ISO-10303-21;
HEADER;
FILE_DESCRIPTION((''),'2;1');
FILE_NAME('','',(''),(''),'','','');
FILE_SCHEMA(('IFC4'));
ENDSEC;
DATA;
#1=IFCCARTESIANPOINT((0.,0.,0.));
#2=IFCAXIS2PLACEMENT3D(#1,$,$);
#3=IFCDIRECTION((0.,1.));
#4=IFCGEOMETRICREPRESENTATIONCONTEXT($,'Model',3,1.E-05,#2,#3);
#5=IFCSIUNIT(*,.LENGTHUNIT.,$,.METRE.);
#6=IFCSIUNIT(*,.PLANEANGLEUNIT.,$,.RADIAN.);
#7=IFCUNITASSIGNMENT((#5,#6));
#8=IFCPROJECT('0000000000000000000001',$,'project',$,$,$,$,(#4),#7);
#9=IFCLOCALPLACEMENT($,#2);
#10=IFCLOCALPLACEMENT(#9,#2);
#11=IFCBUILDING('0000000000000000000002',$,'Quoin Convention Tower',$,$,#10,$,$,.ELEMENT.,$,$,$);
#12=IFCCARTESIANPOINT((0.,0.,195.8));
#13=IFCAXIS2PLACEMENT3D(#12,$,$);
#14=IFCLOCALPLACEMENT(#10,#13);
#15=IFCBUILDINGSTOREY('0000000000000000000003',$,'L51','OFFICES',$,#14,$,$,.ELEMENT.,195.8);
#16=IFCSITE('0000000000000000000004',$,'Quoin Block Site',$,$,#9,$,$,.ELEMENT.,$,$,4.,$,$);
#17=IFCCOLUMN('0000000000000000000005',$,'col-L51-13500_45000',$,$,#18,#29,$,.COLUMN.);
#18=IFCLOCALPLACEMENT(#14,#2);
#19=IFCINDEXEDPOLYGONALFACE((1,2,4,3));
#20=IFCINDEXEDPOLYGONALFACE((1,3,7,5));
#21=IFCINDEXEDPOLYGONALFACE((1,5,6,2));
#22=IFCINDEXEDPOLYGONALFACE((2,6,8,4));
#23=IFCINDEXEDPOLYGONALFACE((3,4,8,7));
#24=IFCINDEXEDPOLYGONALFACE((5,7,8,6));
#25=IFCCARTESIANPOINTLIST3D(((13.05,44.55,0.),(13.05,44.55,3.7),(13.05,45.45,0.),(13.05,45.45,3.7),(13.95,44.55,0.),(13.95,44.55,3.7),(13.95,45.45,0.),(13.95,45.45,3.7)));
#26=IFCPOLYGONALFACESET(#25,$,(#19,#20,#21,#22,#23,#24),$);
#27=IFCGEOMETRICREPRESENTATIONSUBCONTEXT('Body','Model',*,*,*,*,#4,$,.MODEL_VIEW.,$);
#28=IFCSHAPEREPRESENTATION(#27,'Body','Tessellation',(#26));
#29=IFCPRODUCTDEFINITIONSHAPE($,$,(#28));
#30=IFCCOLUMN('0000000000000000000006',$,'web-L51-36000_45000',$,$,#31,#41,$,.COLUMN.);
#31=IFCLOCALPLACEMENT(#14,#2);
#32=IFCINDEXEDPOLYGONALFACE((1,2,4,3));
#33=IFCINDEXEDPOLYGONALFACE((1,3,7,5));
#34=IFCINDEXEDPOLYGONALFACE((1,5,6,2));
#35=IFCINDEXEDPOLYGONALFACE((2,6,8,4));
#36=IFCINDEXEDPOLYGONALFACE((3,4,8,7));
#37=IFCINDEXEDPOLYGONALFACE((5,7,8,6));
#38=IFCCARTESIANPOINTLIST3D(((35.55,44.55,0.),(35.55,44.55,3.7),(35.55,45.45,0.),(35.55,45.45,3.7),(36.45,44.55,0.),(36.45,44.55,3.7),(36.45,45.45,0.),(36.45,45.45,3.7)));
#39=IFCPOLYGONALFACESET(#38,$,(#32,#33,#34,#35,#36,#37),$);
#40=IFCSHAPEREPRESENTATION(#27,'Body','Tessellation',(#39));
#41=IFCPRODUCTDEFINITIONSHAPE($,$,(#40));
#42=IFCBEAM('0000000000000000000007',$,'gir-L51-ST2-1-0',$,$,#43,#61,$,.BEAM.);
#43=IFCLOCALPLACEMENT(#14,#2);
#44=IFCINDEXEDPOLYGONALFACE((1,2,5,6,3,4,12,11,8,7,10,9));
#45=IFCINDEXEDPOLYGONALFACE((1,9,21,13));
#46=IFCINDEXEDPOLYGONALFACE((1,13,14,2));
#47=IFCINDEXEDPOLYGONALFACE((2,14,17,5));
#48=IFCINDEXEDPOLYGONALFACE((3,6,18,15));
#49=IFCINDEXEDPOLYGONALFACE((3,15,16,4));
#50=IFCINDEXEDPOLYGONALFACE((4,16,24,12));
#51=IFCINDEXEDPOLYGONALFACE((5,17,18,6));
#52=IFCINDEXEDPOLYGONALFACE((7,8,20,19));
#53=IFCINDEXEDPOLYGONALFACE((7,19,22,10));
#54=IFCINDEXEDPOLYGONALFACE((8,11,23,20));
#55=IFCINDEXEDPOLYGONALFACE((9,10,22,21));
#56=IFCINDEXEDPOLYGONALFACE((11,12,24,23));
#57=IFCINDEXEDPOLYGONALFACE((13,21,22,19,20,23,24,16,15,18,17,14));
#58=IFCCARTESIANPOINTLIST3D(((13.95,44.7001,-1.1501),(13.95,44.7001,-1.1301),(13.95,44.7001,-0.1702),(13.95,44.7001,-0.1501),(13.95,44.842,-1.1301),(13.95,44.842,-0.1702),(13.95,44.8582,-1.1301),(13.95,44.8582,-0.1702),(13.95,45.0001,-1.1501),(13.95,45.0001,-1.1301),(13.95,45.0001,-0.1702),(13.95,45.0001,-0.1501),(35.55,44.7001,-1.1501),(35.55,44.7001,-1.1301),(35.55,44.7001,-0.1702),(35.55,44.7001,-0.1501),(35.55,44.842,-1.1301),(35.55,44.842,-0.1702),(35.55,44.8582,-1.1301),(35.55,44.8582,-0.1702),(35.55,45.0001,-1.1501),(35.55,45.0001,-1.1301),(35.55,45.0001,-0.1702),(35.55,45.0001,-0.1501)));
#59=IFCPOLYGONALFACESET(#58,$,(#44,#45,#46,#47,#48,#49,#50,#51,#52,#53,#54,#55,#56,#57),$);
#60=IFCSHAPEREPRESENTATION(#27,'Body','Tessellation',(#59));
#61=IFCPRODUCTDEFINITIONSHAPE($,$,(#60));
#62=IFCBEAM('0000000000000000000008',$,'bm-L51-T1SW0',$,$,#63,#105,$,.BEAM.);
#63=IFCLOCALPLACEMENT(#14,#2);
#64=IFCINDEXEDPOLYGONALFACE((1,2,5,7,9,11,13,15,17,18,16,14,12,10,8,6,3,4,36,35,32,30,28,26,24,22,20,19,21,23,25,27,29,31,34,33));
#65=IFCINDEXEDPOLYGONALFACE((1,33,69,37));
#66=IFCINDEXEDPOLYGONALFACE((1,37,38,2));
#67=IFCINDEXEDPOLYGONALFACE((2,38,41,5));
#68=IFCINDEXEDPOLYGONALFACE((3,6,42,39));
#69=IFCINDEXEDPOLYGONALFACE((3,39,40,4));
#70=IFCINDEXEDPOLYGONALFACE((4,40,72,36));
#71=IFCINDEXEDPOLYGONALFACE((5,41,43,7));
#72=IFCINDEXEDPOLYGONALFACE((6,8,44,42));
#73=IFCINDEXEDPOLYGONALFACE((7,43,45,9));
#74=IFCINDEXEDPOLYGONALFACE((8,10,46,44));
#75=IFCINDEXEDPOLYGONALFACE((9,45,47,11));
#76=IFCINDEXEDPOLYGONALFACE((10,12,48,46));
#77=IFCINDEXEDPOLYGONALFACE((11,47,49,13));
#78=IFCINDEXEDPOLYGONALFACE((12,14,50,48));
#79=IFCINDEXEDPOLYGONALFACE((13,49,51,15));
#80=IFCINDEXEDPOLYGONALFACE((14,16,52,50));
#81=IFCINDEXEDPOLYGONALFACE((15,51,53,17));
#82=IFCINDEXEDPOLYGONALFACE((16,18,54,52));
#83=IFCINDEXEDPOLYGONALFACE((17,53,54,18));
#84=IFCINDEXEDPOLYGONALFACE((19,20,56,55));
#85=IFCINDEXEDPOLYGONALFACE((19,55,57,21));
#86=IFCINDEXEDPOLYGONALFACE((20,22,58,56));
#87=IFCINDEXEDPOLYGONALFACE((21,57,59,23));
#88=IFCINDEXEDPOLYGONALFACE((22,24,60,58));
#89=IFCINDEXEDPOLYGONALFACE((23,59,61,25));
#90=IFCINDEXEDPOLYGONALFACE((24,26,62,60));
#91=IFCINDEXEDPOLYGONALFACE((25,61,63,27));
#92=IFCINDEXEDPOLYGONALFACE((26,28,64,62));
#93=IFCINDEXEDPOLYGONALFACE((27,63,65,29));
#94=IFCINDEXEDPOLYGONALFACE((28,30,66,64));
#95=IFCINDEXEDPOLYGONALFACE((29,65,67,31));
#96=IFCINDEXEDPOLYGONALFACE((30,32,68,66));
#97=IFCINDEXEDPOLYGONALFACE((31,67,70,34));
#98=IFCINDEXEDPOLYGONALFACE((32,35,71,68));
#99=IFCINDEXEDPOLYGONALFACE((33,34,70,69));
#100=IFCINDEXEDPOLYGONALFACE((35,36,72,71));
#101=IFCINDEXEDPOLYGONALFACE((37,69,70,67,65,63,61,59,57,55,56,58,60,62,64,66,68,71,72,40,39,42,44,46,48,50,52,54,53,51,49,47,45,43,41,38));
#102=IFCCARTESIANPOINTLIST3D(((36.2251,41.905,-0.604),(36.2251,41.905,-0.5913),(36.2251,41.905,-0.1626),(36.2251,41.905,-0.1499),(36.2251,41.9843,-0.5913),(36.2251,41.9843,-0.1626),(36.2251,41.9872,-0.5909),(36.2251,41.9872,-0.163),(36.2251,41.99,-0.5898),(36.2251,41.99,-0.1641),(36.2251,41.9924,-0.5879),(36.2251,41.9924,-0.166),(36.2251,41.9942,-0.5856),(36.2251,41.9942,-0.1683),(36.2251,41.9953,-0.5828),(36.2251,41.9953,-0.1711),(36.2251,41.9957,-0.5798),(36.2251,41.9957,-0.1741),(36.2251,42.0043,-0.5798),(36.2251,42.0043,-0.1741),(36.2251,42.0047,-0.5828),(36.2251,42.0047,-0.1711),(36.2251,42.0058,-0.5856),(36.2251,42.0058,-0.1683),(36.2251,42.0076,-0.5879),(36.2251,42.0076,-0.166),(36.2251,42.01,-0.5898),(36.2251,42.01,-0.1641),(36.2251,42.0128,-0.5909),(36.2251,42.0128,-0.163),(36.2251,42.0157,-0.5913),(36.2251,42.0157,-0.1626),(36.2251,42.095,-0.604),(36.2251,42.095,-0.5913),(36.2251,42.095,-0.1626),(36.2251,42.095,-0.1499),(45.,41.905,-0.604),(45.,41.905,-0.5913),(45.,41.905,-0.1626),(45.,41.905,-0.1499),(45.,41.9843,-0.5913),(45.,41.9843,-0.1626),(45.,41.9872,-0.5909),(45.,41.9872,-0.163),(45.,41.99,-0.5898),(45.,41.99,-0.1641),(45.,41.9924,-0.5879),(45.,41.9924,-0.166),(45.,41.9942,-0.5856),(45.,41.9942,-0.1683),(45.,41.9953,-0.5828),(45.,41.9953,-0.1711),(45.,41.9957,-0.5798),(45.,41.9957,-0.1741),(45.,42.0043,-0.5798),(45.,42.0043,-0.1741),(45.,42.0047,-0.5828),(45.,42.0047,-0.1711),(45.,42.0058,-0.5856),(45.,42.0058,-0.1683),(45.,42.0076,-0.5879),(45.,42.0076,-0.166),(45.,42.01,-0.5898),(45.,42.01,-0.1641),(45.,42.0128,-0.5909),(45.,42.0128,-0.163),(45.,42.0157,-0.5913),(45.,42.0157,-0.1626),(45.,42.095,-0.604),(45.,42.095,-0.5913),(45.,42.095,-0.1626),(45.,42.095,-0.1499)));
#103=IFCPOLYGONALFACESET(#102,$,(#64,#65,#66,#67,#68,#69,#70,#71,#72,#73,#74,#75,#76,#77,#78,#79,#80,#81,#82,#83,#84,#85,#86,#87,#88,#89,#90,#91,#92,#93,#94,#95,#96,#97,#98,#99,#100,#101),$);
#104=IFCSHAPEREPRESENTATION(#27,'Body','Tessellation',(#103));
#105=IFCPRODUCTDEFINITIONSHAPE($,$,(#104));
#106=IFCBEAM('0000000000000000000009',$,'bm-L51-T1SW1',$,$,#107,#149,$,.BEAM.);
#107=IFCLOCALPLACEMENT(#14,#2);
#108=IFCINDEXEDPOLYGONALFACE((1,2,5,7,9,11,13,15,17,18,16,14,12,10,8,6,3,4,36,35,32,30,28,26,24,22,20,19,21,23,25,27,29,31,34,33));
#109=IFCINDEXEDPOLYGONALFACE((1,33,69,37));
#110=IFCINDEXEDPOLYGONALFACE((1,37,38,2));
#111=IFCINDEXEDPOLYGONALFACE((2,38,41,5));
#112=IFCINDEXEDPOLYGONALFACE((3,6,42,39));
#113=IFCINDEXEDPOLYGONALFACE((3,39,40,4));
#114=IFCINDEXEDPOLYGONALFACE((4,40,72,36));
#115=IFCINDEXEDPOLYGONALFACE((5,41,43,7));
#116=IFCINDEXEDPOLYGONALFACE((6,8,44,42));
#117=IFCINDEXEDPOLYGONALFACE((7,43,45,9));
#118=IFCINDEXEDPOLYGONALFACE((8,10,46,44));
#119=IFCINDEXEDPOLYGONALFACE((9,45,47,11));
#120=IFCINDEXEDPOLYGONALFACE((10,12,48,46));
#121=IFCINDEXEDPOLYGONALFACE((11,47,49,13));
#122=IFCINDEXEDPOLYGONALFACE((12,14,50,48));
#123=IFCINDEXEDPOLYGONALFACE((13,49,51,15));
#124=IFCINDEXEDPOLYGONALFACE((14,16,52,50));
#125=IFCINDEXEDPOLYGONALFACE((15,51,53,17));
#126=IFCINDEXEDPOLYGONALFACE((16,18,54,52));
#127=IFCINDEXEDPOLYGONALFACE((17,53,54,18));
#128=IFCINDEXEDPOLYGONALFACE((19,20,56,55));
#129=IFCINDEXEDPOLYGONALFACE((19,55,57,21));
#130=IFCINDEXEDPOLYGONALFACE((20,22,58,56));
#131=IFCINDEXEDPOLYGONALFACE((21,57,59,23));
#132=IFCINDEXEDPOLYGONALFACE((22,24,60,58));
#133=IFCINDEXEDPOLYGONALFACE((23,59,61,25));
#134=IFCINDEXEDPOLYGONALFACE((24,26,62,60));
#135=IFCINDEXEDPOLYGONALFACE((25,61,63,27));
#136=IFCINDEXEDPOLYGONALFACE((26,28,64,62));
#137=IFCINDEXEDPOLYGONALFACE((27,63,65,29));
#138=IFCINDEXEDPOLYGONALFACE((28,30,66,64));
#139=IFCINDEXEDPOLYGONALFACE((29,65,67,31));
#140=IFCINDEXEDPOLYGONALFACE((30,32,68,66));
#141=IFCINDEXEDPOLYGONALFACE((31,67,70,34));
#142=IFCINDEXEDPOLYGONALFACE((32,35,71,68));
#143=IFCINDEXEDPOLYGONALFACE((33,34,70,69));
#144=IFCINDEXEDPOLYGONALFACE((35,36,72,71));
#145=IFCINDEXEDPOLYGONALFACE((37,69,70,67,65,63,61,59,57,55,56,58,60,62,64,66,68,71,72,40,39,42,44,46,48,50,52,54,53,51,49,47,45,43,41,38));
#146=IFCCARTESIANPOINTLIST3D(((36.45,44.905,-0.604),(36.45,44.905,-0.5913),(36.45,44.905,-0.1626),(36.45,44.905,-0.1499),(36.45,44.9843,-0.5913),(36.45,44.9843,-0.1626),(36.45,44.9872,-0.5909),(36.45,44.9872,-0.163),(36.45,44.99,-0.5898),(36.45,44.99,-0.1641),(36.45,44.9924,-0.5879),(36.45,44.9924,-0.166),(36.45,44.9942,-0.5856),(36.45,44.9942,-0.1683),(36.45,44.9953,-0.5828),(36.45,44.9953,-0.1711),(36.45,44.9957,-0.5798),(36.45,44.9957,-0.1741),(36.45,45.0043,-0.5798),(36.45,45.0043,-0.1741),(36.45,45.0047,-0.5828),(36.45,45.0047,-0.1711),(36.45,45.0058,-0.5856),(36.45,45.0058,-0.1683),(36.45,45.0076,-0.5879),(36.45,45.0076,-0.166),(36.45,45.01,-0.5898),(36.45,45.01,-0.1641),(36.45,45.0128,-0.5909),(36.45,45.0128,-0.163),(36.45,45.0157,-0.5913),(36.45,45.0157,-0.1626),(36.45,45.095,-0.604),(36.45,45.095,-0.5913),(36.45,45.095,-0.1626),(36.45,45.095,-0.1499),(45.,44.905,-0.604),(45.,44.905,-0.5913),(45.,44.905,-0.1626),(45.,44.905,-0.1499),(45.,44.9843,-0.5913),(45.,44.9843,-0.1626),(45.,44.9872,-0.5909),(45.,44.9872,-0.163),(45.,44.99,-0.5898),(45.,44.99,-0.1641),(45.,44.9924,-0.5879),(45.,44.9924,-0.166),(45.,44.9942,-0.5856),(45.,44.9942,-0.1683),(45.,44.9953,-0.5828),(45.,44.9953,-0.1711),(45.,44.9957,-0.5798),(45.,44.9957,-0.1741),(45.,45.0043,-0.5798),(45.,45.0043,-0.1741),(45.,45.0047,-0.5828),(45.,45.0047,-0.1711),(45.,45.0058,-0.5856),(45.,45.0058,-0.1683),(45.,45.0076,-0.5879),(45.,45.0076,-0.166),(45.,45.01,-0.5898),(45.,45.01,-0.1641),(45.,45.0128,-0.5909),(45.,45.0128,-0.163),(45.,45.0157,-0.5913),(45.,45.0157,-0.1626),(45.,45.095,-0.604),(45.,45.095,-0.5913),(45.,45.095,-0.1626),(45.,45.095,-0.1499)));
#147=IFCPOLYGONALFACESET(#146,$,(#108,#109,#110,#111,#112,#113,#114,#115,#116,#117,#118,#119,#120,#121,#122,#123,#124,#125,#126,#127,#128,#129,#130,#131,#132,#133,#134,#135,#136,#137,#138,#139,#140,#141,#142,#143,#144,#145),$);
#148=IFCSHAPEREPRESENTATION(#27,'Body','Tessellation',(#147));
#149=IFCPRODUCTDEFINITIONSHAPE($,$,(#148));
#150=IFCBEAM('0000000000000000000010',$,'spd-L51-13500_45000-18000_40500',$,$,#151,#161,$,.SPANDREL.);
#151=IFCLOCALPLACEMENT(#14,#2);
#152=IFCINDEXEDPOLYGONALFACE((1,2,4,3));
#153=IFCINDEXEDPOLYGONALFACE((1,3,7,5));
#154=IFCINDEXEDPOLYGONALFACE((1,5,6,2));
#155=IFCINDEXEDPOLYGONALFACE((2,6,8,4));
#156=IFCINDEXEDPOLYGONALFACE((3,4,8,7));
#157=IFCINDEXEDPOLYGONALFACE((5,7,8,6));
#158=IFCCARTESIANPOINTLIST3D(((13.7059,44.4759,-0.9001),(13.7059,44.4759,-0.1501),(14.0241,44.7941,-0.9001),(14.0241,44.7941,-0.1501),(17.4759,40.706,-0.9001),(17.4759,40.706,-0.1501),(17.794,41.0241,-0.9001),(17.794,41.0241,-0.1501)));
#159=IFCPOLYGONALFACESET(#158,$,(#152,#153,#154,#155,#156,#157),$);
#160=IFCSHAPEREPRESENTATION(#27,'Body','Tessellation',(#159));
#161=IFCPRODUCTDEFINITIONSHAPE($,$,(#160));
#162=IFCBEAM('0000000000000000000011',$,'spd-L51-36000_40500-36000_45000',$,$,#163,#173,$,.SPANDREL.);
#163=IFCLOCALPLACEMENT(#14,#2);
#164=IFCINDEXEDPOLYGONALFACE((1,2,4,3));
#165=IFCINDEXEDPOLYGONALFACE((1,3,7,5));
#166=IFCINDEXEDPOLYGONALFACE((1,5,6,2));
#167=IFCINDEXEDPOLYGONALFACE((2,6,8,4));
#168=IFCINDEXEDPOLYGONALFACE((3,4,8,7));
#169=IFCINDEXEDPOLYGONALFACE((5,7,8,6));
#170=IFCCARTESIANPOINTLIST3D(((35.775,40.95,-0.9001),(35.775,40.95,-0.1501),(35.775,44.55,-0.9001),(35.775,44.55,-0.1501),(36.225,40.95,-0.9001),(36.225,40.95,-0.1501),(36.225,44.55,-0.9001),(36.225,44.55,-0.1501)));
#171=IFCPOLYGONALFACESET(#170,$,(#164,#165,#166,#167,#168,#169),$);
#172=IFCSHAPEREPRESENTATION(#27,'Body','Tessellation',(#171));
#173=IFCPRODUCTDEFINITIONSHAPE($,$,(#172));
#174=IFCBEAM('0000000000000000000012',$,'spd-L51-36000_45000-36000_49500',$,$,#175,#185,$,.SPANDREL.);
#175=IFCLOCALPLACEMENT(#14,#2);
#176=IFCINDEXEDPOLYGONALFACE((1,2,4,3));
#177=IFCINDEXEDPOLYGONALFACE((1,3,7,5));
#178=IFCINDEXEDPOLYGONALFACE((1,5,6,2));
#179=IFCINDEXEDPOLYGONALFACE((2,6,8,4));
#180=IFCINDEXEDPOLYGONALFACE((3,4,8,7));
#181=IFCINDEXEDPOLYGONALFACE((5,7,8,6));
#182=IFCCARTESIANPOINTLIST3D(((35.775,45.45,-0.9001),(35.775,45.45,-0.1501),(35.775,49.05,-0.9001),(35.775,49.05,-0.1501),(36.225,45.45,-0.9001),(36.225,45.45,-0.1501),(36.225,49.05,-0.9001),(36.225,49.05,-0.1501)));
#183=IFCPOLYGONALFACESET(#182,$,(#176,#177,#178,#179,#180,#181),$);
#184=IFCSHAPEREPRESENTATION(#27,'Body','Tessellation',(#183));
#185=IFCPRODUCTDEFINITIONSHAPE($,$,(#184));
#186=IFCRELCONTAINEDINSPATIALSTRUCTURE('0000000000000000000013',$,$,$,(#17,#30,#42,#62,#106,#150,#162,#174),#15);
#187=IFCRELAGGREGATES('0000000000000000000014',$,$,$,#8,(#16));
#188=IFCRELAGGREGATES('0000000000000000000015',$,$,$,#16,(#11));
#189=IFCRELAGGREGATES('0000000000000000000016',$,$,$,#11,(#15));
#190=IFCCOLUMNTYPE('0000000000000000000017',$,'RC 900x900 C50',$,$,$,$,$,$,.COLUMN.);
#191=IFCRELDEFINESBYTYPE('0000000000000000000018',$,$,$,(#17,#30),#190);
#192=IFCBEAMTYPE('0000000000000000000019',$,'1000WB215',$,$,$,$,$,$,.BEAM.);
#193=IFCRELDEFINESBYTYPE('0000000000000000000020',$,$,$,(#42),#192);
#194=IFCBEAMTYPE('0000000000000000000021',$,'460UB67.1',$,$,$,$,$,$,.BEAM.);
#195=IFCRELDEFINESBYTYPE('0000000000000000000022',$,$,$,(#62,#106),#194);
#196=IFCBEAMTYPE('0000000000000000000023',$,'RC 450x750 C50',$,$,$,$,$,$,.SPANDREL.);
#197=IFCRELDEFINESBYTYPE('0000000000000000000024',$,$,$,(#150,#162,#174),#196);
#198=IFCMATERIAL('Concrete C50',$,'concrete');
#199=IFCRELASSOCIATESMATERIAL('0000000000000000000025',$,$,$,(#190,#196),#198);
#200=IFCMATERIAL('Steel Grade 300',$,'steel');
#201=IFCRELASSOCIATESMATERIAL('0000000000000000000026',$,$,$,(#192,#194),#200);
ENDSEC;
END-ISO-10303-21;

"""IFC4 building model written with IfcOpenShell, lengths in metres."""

from ifc_helpers import new_model, si_unit, direction, frame, origin, origin_2d, place, context, subcontext, project, spatial, rectangle, i_section, extrude, material, material_profile, profile_set, type_object, element, save


model = new_model("IFC4")

# Units and contexts
model_context = context("Model", 3, precision=1e-05, world=origin(), true_north=direction((0.0, 1.0)))
body_context = subcontext(model_context, "Body", "Model", "MODEL_VIEW")
ifc_project = project(units=[si_unit("LENGTHUNIT", "METRE"), si_unit("PLANEANGLEUNIT", "RADIAN")], contexts=[model_context])

# Site, building, storey
site_placement = place(None, origin())
site = spatial("IfcSite", under=ifc_project, at=site_placement, Name="Quoin Block Site", CompositionType="ELEMENT", RefElevation=4.0)
building_placement = place(site_placement, origin())
building = spatial("IfcBuilding", under=site, at=building_placement, Name="Quoin Convention Tower", CompositionType="ELEMENT")
storey_placement = place(building_placement, frame((0.0, 0.0, 195.8)))
storey = spatial("IfcBuildingStorey", under=building, at=storey_placement, Name="L51", Description="OFFICES", CompositionType="ELEMENT", Elevation=195.8)

# Columns
ifc_material_1 = material(Name="Concrete C50", Category="concrete")
ifc_material_profile_1 = material_profile(ifc_material_1, rectangle(XDim=0.8999, YDim=0.8999, at=origin_2d()), Name="RC 900x900")
ifc_profile_set_1 = profile_set([ifc_material_profile_1], Name="Concrete C50")
column_type = type_object("IfcColumnType", Name="RC 900x900 C50", PredefinedType="COLUMN", material=ifc_profile_set_1)
for number, where, z_axis, x_axis, name in (
    (1, (13.5, 45.0, 0.0), (0.0, 0.0, 1.0), (1.0, 0.0, 0.0), "col-L51-13500_45000"),
    (2, (36.0, 45.0, 0.0), (0.0, 0.0, 1.0), (1.0, 0.0, 0.0), "web-L51-36000_45000"),
):
    element("IfcColumn", number, at=place(storey_placement, frame(where, z_axis=z_axis, x_axis=x_axis)), inside=storey, type_object=column_type, Name=name, PredefinedType="COLUMN", context=body_context, shape_type="SweptSolid", body=[
        extrude(rectangle(XDim=0.8999, YDim=0.8999, at=origin_2d()), origin(), (0.0, 0.0, 1.0), 3.7),
    ])

# Beams
ifc_material_2 = material(Name="Steel Grade 300", Category="steel")
ifc_material_profile_2 = material_profile(ifc_material_2, i_section(OverallWidth=0.3, OverallDepth=1.0, WebThickness=0.0161, FlangeThickness=0.02, at=origin_2d()), Name="1000WB215")
ifc_profile_set_2 = profile_set([ifc_material_profile_2], Name="Steel Grade 300")
beam_type_1 = type_object("IfcBeamType", Name="1000WB215", PredefinedType="BEAM", material=ifc_profile_set_2)
beam_1_placement = place(storey_placement, frame((13.95, 44.8501, -0.6501), z_axis=(1.0, 0.0, 0.0), x_axis=(0.0, 1.0, 0.0)))
element("IfcBeam", 3, at=beam_1_placement, inside=storey, type_object=beam_type_1, Name="gir-L51-ST2-1-0", PredefinedType="BEAM", context=body_context, shape_type="SweptSolid", body=[
    extrude(i_section(OverallWidth=0.3, OverallDepth=1.0, WebThickness=0.0161, FlangeThickness=0.02, at=origin_2d()), origin(), (0.0, 0.0, 1.0), 21.6001),
])
ifc_material_profile_3 = material_profile(ifc_material_2, i_section(OverallWidth=0.1899, OverallDepth=0.4541, WebThickness=0.0085, FlangeThickness=0.0127, FilletRadius=0.0115, at=origin_2d()), Name="460UB67.1")
ifc_profile_set_3 = profile_set([ifc_material_profile_3], Name="Steel Grade 300")
beam_type_2 = type_object("IfcBeamType", Name="460UB67.1", PredefinedType="BEAM", material=ifc_profile_set_3)
beam_2_placement = place(storey_placement, frame((36.2251, 42.0, -0.377), z_axis=(1.0, 0.0, 0.0), x_axis=(0.0, 1.0, 0.0)))
element("IfcBeam", 4, at=beam_2_placement, inside=storey, type_object=beam_type_2, Name="bm-L51-T1SW0", PredefinedType="BEAM", context=body_context, shape_type="SweptSolid", body=[
    extrude(i_section(OverallWidth=0.1899, OverallDepth=0.4541, WebThickness=0.0085, FlangeThickness=0.0127, FilletRadius=0.0115, at=origin_2d()), origin(), (0.0, 0.0, 1.0), 8.7749),
])
beam_3_placement = place(storey_placement, frame((36.45, 45.0, -0.377), z_axis=(1.0, 0.0, 0.0), x_axis=(0.0, 1.0, 0.0)))
element("IfcBeam", 5, at=beam_3_placement, inside=storey, type_object=beam_type_2, Name="bm-L51-T1SW1", PredefinedType="BEAM", context=body_context, shape_type="SweptSolid", body=[
    extrude(i_section(OverallWidth=0.1899, OverallDepth=0.4541, WebThickness=0.0085, FlangeThickness=0.0127, FilletRadius=0.0115, at=origin_2d()), origin(), (0.0, 0.0, 1.0), 8.55),
])
ifc_material_profile_4 = material_profile(ifc_material_1, rectangle(XDim=0.45, YDim=0.75, at=origin_2d()), Name="RC 450x750")
ifc_profile_set_4 = profile_set([ifc_material_profile_4], Name="Concrete C50")
beam_type_3 = type_object("IfcBeamType", Name="RC 450x750 C50", PredefinedType="SPANDREL", material=ifc_profile_set_4)
beam_4_placement = place(storey_placement, frame((13.865, 44.635, -0.5251), z_axis=(0.707107, -0.707107, 0.0), x_axis=(0.707107, 0.707107, 0.0)))
element("IfcBeam", 6, at=beam_4_placement, inside=storey, type_object=beam_type_3, Name="spd-L51-13500_45000-18000_40500", PredefinedType="SPANDREL", context=body_context, shape_type="SweptSolid", body=[
    extrude(rectangle(XDim=0.45, YDim=0.75, at=origin_2d()), origin(), (0.0, 0.0, 1.0), 5.3315),
])
for number, where, z_axis, x_axis, name in (
    (7, (36.0, 40.95, -0.5251), (0.0, 1.0, 0.0), (-1.0, 0.0, 0.0), "spd-L51-36000_40500-36000_45000"),
    (8, (36.0, 45.45, -0.5251), (0.0, 1.0, 0.0), (-1.0, 0.0, 0.0), "spd-L51-36000_45000-36000_49500"),
):
    element("IfcBeam", number, at=place(storey_placement, frame(where, z_axis=z_axis, x_axis=x_axis)), inside=storey, type_object=beam_type_3, Name=name, PredefinedType="SPANDREL", context=body_context, shape_type="SweptSolid", body=[
        extrude(rectangle(XDim=0.45, YDim=0.75, at=origin_2d()), origin(), (0.0, 0.0, 1.0), 3.6001),
    ])

save(model, "model.ifc")
